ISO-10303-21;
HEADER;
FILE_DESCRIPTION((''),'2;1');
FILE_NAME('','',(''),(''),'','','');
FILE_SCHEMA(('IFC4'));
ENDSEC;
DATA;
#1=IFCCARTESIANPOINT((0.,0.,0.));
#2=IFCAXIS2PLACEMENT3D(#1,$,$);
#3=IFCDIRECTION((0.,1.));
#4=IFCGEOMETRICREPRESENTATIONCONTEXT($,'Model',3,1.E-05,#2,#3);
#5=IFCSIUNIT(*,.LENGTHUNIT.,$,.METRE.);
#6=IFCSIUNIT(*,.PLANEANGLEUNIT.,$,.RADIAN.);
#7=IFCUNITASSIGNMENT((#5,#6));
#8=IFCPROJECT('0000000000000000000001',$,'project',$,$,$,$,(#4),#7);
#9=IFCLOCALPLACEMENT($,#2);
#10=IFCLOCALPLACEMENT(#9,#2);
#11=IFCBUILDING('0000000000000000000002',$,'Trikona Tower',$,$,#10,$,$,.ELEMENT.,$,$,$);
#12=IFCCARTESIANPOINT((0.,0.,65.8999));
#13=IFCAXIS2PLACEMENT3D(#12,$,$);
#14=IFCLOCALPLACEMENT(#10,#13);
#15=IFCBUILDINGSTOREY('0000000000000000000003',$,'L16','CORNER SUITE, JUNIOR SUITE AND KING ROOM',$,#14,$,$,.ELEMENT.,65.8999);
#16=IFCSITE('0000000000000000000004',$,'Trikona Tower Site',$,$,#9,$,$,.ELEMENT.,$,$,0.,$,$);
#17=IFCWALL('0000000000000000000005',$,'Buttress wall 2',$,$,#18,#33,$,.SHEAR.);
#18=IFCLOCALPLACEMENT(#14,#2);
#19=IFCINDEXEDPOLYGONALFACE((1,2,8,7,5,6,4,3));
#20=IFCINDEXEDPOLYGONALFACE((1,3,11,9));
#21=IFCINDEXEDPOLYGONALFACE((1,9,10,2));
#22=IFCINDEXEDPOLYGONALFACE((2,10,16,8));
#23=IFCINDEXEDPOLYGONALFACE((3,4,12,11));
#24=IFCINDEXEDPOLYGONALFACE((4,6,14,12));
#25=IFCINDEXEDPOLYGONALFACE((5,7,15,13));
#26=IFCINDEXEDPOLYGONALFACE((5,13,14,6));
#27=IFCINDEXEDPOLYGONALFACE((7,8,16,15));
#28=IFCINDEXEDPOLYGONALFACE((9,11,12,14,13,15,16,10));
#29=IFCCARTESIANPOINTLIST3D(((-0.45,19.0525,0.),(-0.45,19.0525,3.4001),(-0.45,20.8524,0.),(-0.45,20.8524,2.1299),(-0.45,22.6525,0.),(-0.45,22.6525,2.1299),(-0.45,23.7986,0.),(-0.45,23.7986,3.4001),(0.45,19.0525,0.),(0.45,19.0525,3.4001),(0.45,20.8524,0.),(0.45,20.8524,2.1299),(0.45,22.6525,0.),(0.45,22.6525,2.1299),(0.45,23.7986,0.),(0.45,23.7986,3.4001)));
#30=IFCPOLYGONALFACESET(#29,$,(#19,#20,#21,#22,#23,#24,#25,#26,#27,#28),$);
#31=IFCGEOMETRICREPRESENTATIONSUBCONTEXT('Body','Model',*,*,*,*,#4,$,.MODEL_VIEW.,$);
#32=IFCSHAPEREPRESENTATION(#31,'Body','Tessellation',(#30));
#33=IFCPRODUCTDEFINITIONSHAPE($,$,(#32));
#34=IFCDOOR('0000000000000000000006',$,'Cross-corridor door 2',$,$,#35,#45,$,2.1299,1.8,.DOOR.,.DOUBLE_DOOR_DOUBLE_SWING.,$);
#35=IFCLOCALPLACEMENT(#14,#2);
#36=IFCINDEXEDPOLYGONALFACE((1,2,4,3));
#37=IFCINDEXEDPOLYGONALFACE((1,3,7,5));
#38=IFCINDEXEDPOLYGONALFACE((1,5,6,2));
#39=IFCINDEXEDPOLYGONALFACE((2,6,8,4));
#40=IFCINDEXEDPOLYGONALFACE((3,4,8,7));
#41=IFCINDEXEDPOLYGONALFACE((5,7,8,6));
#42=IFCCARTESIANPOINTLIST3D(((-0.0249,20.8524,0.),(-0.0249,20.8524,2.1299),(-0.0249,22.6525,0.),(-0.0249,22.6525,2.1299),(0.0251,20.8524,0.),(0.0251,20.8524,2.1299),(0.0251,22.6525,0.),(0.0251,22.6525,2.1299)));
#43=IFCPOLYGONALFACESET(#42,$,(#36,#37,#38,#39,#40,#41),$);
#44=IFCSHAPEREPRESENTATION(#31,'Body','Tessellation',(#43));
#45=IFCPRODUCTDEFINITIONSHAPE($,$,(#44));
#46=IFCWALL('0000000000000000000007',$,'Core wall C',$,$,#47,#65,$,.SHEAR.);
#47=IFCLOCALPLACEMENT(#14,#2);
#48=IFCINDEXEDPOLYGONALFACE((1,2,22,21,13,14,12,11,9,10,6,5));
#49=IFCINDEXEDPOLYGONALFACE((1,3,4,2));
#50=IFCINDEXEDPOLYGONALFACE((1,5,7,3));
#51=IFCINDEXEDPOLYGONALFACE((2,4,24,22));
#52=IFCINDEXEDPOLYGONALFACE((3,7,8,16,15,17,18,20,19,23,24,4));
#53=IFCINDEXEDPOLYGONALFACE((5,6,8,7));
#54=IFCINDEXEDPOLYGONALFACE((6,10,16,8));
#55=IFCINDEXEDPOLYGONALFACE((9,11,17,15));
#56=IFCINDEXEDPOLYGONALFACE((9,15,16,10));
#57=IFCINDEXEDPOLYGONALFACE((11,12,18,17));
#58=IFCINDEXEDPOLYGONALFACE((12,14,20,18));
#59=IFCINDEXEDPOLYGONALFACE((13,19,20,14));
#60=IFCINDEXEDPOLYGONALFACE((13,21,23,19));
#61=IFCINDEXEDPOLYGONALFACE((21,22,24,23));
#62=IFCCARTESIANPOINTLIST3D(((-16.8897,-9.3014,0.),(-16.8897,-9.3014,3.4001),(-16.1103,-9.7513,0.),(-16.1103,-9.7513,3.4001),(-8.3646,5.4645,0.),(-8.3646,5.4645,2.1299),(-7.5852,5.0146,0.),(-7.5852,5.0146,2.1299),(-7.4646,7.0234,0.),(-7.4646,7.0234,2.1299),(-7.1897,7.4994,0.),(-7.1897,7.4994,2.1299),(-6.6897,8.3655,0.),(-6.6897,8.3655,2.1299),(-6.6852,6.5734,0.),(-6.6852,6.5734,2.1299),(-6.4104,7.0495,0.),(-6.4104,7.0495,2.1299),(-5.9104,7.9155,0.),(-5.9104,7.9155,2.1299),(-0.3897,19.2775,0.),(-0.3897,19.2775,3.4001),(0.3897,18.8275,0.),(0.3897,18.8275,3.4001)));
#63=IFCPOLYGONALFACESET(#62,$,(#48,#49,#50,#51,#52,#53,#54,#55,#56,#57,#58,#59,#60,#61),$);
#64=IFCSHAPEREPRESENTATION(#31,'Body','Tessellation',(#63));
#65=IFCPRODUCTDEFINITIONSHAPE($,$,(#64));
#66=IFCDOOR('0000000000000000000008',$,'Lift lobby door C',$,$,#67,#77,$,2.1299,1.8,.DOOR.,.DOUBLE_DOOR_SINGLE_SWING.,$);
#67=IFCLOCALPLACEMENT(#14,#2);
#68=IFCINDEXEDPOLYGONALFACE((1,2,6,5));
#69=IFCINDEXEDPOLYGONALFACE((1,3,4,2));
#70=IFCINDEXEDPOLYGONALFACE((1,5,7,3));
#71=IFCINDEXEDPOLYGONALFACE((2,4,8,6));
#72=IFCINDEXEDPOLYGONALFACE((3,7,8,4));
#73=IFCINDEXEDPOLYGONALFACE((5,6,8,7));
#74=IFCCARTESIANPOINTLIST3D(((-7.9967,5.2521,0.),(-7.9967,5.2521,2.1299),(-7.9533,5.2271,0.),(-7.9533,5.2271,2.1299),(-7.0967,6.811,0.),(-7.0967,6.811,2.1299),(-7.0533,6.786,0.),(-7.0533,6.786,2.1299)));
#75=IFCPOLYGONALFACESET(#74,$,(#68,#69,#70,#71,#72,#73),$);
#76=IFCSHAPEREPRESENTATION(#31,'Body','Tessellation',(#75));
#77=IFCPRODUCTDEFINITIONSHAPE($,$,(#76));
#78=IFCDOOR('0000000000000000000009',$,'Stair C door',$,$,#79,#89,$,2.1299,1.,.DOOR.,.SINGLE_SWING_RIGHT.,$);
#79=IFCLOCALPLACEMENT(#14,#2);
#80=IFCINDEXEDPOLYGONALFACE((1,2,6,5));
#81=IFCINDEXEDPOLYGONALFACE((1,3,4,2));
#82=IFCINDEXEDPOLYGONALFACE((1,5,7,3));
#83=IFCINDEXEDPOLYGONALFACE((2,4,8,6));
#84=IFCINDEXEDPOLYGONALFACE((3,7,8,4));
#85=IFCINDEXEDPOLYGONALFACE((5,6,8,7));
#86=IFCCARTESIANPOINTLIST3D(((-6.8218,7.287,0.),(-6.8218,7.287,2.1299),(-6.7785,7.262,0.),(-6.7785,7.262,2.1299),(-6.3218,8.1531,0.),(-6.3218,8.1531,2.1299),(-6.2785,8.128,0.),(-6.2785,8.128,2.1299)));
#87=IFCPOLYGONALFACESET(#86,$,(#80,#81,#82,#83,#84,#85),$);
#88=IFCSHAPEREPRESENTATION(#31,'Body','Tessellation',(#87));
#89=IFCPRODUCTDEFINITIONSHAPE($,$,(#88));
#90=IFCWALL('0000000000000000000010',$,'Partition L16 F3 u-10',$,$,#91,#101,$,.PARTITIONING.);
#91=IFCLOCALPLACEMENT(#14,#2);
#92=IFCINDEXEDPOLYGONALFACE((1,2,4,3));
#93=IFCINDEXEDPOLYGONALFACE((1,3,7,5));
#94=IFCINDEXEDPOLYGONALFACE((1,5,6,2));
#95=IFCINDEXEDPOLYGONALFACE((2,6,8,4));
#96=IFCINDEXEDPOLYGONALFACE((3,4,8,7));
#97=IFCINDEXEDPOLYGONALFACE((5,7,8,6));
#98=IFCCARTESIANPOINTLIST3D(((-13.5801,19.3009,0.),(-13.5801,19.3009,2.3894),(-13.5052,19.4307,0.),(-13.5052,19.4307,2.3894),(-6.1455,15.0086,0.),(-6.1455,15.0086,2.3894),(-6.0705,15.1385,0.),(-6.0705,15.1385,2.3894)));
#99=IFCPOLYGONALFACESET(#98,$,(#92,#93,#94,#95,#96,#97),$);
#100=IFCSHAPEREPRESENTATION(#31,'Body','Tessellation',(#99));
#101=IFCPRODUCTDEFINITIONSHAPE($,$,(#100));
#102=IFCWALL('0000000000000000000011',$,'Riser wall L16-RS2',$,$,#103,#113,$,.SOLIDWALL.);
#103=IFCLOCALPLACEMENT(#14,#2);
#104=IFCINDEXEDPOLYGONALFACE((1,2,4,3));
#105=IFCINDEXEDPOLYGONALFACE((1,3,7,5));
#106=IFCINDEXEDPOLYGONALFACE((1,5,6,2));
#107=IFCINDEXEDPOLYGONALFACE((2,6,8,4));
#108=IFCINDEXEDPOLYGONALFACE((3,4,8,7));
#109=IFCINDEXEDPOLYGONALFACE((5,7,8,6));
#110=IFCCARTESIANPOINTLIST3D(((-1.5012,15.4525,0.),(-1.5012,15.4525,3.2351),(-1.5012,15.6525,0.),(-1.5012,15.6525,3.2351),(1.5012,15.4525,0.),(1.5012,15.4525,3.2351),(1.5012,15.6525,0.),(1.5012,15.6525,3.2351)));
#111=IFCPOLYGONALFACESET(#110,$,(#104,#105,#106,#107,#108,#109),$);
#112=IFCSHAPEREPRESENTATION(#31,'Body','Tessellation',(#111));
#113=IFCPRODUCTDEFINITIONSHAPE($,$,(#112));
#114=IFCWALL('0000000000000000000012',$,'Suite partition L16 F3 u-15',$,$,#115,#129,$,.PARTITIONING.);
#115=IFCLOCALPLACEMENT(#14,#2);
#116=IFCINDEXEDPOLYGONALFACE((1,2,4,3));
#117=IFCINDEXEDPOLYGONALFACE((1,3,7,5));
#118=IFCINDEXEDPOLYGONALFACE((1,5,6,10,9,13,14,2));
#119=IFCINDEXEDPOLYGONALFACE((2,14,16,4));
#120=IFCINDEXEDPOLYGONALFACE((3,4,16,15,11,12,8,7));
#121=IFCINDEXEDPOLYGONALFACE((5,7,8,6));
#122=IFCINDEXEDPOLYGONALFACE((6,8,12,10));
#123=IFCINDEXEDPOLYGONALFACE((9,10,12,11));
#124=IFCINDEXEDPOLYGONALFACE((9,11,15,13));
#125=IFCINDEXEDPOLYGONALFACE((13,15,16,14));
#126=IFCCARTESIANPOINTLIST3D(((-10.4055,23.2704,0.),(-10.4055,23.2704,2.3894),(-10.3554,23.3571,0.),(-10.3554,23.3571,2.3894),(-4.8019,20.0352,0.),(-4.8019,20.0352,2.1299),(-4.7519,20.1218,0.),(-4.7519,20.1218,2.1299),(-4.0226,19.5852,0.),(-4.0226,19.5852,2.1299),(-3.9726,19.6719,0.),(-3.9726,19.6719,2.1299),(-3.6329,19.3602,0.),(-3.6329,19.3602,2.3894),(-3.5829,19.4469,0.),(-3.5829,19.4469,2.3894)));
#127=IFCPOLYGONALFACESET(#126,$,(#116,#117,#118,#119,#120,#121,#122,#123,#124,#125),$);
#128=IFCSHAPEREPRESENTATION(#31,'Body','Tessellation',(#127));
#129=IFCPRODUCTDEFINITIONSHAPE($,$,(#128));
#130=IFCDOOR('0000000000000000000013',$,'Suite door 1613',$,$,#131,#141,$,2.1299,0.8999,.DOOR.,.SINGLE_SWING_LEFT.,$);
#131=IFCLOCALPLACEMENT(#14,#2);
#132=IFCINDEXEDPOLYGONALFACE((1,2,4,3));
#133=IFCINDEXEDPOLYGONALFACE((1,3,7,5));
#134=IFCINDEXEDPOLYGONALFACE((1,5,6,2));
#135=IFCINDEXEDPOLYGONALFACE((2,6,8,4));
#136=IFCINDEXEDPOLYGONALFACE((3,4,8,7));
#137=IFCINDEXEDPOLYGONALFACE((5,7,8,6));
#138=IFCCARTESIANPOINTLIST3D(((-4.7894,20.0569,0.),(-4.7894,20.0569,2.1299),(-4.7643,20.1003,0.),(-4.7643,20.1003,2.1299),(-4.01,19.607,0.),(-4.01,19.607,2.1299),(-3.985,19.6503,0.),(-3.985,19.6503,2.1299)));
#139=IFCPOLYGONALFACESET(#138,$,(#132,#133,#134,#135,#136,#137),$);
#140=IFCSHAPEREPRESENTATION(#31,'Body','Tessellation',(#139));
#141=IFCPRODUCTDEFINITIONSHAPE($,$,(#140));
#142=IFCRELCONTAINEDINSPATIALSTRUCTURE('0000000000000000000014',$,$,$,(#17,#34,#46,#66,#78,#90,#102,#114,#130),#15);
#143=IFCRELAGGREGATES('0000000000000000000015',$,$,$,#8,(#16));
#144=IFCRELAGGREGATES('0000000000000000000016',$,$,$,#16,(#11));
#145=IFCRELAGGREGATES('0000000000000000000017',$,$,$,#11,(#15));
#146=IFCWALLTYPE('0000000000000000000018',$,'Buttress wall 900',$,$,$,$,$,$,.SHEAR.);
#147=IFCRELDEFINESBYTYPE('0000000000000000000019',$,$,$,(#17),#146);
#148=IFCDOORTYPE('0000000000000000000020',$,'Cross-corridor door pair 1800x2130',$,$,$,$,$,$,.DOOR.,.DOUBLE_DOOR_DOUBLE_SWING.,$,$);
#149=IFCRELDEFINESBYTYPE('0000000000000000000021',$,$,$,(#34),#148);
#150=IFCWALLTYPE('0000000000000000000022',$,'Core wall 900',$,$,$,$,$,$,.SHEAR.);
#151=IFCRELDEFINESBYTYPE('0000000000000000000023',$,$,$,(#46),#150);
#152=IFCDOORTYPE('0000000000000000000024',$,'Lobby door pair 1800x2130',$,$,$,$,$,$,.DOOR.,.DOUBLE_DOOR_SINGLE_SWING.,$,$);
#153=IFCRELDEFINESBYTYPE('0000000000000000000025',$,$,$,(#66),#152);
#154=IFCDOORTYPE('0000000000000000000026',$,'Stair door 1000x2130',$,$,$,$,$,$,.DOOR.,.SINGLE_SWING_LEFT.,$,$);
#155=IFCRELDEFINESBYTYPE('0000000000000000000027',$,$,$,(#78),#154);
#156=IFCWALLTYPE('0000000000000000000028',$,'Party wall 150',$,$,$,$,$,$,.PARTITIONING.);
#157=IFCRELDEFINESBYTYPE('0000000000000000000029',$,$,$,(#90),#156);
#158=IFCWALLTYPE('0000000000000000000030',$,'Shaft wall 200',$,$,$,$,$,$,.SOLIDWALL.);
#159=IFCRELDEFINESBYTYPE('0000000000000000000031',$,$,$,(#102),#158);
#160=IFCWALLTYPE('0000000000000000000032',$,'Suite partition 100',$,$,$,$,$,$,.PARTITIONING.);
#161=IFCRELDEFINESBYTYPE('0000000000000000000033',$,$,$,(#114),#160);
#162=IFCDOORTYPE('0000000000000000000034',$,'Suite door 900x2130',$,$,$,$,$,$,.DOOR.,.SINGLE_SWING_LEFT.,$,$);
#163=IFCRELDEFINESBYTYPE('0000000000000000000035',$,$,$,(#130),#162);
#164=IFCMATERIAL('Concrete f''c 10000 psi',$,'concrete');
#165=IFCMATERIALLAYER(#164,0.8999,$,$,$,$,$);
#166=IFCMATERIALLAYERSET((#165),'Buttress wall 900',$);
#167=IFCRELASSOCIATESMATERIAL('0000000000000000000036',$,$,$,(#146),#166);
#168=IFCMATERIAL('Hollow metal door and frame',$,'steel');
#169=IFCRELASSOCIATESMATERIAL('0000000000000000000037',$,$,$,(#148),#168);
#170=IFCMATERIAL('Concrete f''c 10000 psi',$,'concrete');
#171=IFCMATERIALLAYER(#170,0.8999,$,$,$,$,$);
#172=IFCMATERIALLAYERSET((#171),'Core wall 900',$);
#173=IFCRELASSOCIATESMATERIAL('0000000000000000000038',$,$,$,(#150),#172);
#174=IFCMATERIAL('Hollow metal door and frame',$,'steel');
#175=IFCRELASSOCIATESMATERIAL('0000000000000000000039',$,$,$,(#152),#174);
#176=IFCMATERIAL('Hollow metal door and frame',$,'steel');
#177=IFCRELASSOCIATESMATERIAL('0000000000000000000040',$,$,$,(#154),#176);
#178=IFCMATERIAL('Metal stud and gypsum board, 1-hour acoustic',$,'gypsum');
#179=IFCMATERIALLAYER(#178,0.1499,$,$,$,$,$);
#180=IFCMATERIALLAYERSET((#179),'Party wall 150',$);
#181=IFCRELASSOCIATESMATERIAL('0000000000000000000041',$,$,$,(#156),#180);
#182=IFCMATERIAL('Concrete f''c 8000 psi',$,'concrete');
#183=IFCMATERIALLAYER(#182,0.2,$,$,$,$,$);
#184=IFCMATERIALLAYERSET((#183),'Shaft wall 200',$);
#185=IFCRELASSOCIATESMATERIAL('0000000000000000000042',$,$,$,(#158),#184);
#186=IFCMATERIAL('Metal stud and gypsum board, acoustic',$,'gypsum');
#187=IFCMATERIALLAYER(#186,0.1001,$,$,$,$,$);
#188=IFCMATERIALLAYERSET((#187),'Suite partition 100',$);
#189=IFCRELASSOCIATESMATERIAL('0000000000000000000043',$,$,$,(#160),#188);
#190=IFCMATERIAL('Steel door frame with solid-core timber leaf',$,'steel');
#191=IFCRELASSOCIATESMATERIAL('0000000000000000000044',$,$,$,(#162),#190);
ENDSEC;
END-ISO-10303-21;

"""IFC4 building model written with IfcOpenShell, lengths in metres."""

from ifc_helpers import new_model, si_unit, direction, frame, frame_2d, origin, place, context, subcontext, project, spatial, rectangle, extrude, material, layer, layer_set, type_object, element, fill, save


model = new_model("IFC4")

# Units and contexts
model_context = context("Model", 3, precision=1e-05, world=origin(), true_north=direction((0.0, 1.0)))
body_context = subcontext(model_context, "Body", "Model", "MODEL_VIEW")
ifc_project = project(units=[si_unit("LENGTHUNIT", "METRE"), si_unit("PLANEANGLEUNIT", "RADIAN")], contexts=[model_context])

# Site, building, storey
site_placement = place(None, origin())
site = spatial("IfcSite", under=ifc_project, at=site_placement, Name="Trikona Tower Site", CompositionType="ELEMENT", RefElevation=0.0)
building_placement = place(site_placement, origin())
building = spatial("IfcBuilding", under=site, at=building_placement, Name="Trikona Tower", CompositionType="ELEMENT")
storey_placement = place(building_placement, frame((0.0, 0.0, 65.8999)))
storey = spatial("IfcBuildingStorey", under=building, at=storey_placement, Name="L16", Description="CORNER SUITE, JUNIOR SUITE AND KING ROOM", CompositionType="ELEMENT", Elevation=65.8999)

# Wall, opening, door
ifc_material_1 = material(Name="Concrete f'c 10000 psi", Category="concrete")
ifc_layer_1 = layer(ifc_material_1, 0.8999)
ifc_layer_set_1 = layer_set([ifc_layer_1], Name="Buttress wall 900")
wall_type_1 = type_object("IfcWallType", Name="Buttress wall 900", PredefinedType="SHEAR", material=ifc_layer_set_1)
wall_1_placement = place(storey_placement, frame((0.0, 19.0525, 0.0), z_axis=(0.0, 0.0, 1.0), x_axis=(0.0, 1.0, 0.0)))
wall_1 = element("IfcWall", 1, at=wall_1_placement, inside=storey, type_object=wall_type_1, Name="Buttress wall 2", PredefinedType="SHEAR", context=body_context, shape_type="SweptSolid", body=[
    extrude(rectangle(XDim=4.7461, YDim=0.8999, at=frame_2d((2.373, 0.0))), origin(), (0.0, 0.0, 1.0), 3.4001),
])
opening_1_placement = place(wall_1_placement, frame((1.8, 0.0, 0.0)))
opening_1 = element("IfcOpeningElement", 2, at=opening_1_placement, cuts=wall_1, PredefinedType="OPENING", context=body_context, shape_type="SweptSolid", body=[
    extrude(rectangle(XDim=1.8, YDim=2.1299, at=frame_2d((0.8999, 1.0649))), frame((0.0, 0.46, 0.0), z_axis=(0.0, -1.0, 0.0), x_axis=(1.0, 0.0, 0.0)), (0.0, 0.0, 1.0), 0.9199),
])
ifc_material_2 = material(Name="Hollow metal door and frame", Category="steel")
door_type_1 = type_object("IfcDoorType", Name="Cross-corridor door pair 1800x2130", OperationType="DOUBLE_DOOR_DOUBLE_SWING", PredefinedType="DOOR", material=ifc_material_2)
door_1_placement = place(opening_1_placement, origin())
door_1 = element("IfcDoor", 3, at=door_1_placement, inside=storey, type_object=door_type_1, Name="Cross-corridor door 2", OperationType="DOUBLE_DOOR_DOUBLE_SWING", OverallHeight=2.1299, OverallWidth=1.8, PredefinedType="DOOR", context=body_context, shape_type="SweptSolid", body=[
    extrude(rectangle(XDim=1.8, YDim=2.1299, at=frame_2d((0.8999, 1.0649))), frame((0.0, 0.0249, 0.0), z_axis=(0.0, -1.0, 0.0), x_axis=(1.0, 0.0, 0.0)), (0.0, 0.0, 1.0), 0.05),
])
fill(opening_1, door_1)

# Wall, openings, doors
ifc_material_3 = material(Name="Concrete f'c 10000 psi", Category="concrete")
ifc_layer_2 = layer(ifc_material_3, 0.8999)
ifc_layer_set_2 = layer_set([ifc_layer_2], Name="Core wall 900")
wall_type_2 = type_object("IfcWallType", Name="Core wall 900", PredefinedType="SHEAR", material=ifc_layer_set_2)
wall_2_placement = place(storey_placement, frame((0.0, 19.0525, 0.0), z_axis=(0.0, 0.0, 1.0), x_axis=(-0.5, -0.866026, 0.0)))
wall_2 = element("IfcWall", 4, at=wall_2_placement, inside=storey, type_object=wall_type_2, Name="Core wall C", PredefinedType="SHEAR", context=body_context, shape_type="SweptSolid", body=[
    extrude(rectangle(XDim=33.0, YDim=0.8999, at=frame_2d((16.5, 0.0))), origin(), (0.0, 0.0, 1.0), 3.4001),
])
opening_2_placement = place(wall_2_placement, frame((14.1499, 0.0, 0.0)))
opening_2 = element("IfcOpeningElement", 5, at=opening_2_placement, cuts=wall_2, PredefinedType="OPENING", context=body_context, shape_type="SweptSolid", body=[
    extrude(rectangle(XDim=1.8, YDim=2.1299, at=frame_2d((0.8999, 1.0649))), frame((0.0, 0.46, 0.0), z_axis=(0.0, -1.0, 0.0), x_axis=(1.0, 0.0, 0.0)), (0.0, 0.0, 1.0), 0.9199),
])
opening_3_placement = place(wall_2_placement, frame((12.6001, 0.0, 0.0)))
opening_3 = element("IfcOpeningElement", 6, at=opening_3_placement, cuts=wall_2, PredefinedType="OPENING", context=body_context, shape_type="SweptSolid", body=[
    extrude(rectangle(XDim=1.0, YDim=2.1299, at=frame_2d((0.5, 1.0649))), frame((0.0, 0.46, 0.0), z_axis=(0.0, -1.0, 0.0), x_axis=(1.0, 0.0, 0.0)), (0.0, 0.0, 1.0), 0.9199),
])
ifc_material_4 = material(Name="Hollow metal door and frame", Category="steel")
door_type_2 = type_object("IfcDoorType", Name="Lobby door pair 1800x2130", OperationType="DOUBLE_DOOR_SINGLE_SWING", PredefinedType="DOOR", material=ifc_material_4)
door_2_placement = place(opening_2_placement, origin())
door_2 = element("IfcDoor", 7, at=door_2_placement, inside=storey, type_object=door_type_2, Name="Lift lobby door C", OperationType="DOUBLE_DOOR_SINGLE_SWING", OverallHeight=2.1299, OverallWidth=1.8, PredefinedType="DOOR", context=body_context, shape_type="SweptSolid", body=[
    extrude(rectangle(XDim=1.8, YDim=2.1299, at=frame_2d((0.8999, 1.0649))), frame((0.0, 0.0249, 0.0), z_axis=(0.0, -1.0, 0.0), x_axis=(1.0, 0.0, 0.0)), (0.0, 0.0, 1.0), 0.05),
])
fill(opening_2, door_2)
ifc_material_5 = material(Name="Hollow metal door and frame", Category="steel")
door_type_3 = type_object("IfcDoorType", Name="Stair door 1000x2130", OperationType="SINGLE_SWING_LEFT", PredefinedType="DOOR", material=ifc_material_5)
door_3_placement = place(opening_3_placement, origin())
door_3 = element("IfcDoor", 8, at=door_3_placement, inside=storey, type_object=door_type_3, Name="Stair C door", OperationType="SINGLE_SWING_RIGHT", OverallHeight=2.1299, OverallWidth=1.0, PredefinedType="DOOR", context=body_context, shape_type="SweptSolid", body=[
    extrude(rectangle(XDim=1.0, YDim=2.1299, at=frame_2d((0.5, 1.0649))), frame((0.0, 0.0249, 0.0), z_axis=(0.0, -1.0, 0.0), x_axis=(1.0, 0.0, 0.0)), (0.0, 0.0, 1.0), 0.05),
])
fill(opening_3, door_3)

# Walls
ifc_material_6 = material(Name="Metal stud and gypsum board, 1-hour acoustic", Category="gypsum")
ifc_layer_3 = layer(ifc_material_6, 0.1499)
ifc_layer_set_3 = layer_set([ifc_layer_3], Name="Party wall 150")
wall_type_3 = type_object("IfcWallType", Name="Party wall 150", PredefinedType="PARTITIONING", material=ifc_layer_set_3)
wall_3_placement = place(storey_placement, frame((-6.1079, 15.0735, 0.0), z_axis=(0.0, 0.0, 1.0), x_axis=(-0.866031, 0.49999, 0.0)))
element("IfcWall", 9, at=wall_3_placement, inside=storey, type_object=wall_type_3, Name="Partition L16 F3 u-10", PredefinedType="PARTITIONING", context=body_context, shape_type="SweptSolid", body=[
    extrude(rectangle(XDim=8.5847, YDim=0.1499, at=frame_2d((4.2925, 0.0))), origin(), (0.0, 0.0, 1.0), 2.3894),
])
ifc_material_7 = material(Name="Concrete f'c 8000 psi", Category="concrete")
ifc_layer_4 = layer(ifc_material_7, 0.2)
ifc_layer_set_4 = layer_set([ifc_layer_4], Name="Shaft wall 200")
wall_type_4 = type_object("IfcWallType", Name="Shaft wall 200", PredefinedType="SOLIDWALL", material=ifc_layer_set_4)
wall_4_placement = place(storey_placement, frame((-1.5012, 15.5525, 0.0), z_axis=(0.0, 0.0, 1.0), x_axis=(1.0, 0.0, 0.0)))
element("IfcWall", 10, at=wall_4_placement, inside=storey, type_object=wall_type_4, Name="Riser wall L16-RS2", PredefinedType="SOLIDWALL", context=body_context, shape_type="SweptSolid", body=[
    extrude(rectangle(XDim=3.0024, YDim=0.2, at=frame_2d((1.5012, 0.0))), origin(), (0.0, 0.0, 1.0), 3.2351),
])

# Wall, opening, door
ifc_material_8 = material(Name="Metal stud and gypsum board, acoustic", Category="gypsum")
ifc_layer_5 = layer(ifc_material_8, 0.1001)
ifc_layer_set_5 = layer_set([ifc_layer_5], Name="Suite partition 100")
wall_type_5 = type_object("IfcWallType", Name="Suite partition 100", PredefinedType="PARTITIONING", material=ifc_layer_set_5)
wall_5_placement = place(storey_placement, frame((-3.6079, 19.4036, 0.0), z_axis=(0.0, 0.0, 1.0), x_axis=(-0.866021, 0.500007, 0.0)))
wall_5 = element("IfcWall", 11, at=wall_5_placement, inside=storey, type_object=wall_type_5, Name="Suite partition L16 F3 u-15", PredefinedType="PARTITIONING", context=body_context, shape_type="SweptSolid", body=[
    extrude(rectangle(XDim=7.8203, YDim=0.1001, at=frame_2d((3.9102, 0.0))), origin(), (0.0, 0.0, 1.0), 2.3894),
])
opening_4_placement = place(wall_5_placement, frame((0.45, 0.0, 0.0)))
opening_4 = element("IfcOpeningElement", 12, at=opening_4_placement, cuts=wall_5, PredefinedType="OPENING", context=body_context, shape_type="SweptSolid", body=[
    extrude(rectangle(XDim=0.8999, YDim=2.1299, at=frame_2d((0.45, 1.0649))), frame((0.0, 0.0601, 0.0), z_axis=(0.0, -1.0, 0.0), x_axis=(1.0, 0.0, 0.0)), (0.0, 0.0, 1.0), 0.1201),
])
ifc_material_9 = material(Name="Steel door frame with solid-core timber leaf", Category="steel")
door_type_4 = type_object("IfcDoorType", Name="Suite door 900x2130", OperationType="SINGLE_SWING_LEFT", PredefinedType="DOOR", material=ifc_material_9)
door_4_placement = place(opening_4_placement, origin())
door_4 = element("IfcDoor", 13, at=door_4_placement, inside=storey, type_object=door_type_4, Name="Suite door 1613", OperationType="SINGLE_SWING_LEFT", OverallHeight=2.1299, OverallWidth=0.8999, PredefinedType="DOOR", context=body_context, shape_type="SweptSolid", body=[
    extrude(rectangle(XDim=0.8999, YDim=2.1299, at=frame_2d((0.45, 1.0649))), frame((0.0, 0.0249, 0.0), z_axis=(0.0, -1.0, 0.0), x_axis=(1.0, 0.0, 0.0)), (0.0, 0.0, 1.0), 0.05),
])
fill(opening_4, door_4)

save(model, "model.ifc")
